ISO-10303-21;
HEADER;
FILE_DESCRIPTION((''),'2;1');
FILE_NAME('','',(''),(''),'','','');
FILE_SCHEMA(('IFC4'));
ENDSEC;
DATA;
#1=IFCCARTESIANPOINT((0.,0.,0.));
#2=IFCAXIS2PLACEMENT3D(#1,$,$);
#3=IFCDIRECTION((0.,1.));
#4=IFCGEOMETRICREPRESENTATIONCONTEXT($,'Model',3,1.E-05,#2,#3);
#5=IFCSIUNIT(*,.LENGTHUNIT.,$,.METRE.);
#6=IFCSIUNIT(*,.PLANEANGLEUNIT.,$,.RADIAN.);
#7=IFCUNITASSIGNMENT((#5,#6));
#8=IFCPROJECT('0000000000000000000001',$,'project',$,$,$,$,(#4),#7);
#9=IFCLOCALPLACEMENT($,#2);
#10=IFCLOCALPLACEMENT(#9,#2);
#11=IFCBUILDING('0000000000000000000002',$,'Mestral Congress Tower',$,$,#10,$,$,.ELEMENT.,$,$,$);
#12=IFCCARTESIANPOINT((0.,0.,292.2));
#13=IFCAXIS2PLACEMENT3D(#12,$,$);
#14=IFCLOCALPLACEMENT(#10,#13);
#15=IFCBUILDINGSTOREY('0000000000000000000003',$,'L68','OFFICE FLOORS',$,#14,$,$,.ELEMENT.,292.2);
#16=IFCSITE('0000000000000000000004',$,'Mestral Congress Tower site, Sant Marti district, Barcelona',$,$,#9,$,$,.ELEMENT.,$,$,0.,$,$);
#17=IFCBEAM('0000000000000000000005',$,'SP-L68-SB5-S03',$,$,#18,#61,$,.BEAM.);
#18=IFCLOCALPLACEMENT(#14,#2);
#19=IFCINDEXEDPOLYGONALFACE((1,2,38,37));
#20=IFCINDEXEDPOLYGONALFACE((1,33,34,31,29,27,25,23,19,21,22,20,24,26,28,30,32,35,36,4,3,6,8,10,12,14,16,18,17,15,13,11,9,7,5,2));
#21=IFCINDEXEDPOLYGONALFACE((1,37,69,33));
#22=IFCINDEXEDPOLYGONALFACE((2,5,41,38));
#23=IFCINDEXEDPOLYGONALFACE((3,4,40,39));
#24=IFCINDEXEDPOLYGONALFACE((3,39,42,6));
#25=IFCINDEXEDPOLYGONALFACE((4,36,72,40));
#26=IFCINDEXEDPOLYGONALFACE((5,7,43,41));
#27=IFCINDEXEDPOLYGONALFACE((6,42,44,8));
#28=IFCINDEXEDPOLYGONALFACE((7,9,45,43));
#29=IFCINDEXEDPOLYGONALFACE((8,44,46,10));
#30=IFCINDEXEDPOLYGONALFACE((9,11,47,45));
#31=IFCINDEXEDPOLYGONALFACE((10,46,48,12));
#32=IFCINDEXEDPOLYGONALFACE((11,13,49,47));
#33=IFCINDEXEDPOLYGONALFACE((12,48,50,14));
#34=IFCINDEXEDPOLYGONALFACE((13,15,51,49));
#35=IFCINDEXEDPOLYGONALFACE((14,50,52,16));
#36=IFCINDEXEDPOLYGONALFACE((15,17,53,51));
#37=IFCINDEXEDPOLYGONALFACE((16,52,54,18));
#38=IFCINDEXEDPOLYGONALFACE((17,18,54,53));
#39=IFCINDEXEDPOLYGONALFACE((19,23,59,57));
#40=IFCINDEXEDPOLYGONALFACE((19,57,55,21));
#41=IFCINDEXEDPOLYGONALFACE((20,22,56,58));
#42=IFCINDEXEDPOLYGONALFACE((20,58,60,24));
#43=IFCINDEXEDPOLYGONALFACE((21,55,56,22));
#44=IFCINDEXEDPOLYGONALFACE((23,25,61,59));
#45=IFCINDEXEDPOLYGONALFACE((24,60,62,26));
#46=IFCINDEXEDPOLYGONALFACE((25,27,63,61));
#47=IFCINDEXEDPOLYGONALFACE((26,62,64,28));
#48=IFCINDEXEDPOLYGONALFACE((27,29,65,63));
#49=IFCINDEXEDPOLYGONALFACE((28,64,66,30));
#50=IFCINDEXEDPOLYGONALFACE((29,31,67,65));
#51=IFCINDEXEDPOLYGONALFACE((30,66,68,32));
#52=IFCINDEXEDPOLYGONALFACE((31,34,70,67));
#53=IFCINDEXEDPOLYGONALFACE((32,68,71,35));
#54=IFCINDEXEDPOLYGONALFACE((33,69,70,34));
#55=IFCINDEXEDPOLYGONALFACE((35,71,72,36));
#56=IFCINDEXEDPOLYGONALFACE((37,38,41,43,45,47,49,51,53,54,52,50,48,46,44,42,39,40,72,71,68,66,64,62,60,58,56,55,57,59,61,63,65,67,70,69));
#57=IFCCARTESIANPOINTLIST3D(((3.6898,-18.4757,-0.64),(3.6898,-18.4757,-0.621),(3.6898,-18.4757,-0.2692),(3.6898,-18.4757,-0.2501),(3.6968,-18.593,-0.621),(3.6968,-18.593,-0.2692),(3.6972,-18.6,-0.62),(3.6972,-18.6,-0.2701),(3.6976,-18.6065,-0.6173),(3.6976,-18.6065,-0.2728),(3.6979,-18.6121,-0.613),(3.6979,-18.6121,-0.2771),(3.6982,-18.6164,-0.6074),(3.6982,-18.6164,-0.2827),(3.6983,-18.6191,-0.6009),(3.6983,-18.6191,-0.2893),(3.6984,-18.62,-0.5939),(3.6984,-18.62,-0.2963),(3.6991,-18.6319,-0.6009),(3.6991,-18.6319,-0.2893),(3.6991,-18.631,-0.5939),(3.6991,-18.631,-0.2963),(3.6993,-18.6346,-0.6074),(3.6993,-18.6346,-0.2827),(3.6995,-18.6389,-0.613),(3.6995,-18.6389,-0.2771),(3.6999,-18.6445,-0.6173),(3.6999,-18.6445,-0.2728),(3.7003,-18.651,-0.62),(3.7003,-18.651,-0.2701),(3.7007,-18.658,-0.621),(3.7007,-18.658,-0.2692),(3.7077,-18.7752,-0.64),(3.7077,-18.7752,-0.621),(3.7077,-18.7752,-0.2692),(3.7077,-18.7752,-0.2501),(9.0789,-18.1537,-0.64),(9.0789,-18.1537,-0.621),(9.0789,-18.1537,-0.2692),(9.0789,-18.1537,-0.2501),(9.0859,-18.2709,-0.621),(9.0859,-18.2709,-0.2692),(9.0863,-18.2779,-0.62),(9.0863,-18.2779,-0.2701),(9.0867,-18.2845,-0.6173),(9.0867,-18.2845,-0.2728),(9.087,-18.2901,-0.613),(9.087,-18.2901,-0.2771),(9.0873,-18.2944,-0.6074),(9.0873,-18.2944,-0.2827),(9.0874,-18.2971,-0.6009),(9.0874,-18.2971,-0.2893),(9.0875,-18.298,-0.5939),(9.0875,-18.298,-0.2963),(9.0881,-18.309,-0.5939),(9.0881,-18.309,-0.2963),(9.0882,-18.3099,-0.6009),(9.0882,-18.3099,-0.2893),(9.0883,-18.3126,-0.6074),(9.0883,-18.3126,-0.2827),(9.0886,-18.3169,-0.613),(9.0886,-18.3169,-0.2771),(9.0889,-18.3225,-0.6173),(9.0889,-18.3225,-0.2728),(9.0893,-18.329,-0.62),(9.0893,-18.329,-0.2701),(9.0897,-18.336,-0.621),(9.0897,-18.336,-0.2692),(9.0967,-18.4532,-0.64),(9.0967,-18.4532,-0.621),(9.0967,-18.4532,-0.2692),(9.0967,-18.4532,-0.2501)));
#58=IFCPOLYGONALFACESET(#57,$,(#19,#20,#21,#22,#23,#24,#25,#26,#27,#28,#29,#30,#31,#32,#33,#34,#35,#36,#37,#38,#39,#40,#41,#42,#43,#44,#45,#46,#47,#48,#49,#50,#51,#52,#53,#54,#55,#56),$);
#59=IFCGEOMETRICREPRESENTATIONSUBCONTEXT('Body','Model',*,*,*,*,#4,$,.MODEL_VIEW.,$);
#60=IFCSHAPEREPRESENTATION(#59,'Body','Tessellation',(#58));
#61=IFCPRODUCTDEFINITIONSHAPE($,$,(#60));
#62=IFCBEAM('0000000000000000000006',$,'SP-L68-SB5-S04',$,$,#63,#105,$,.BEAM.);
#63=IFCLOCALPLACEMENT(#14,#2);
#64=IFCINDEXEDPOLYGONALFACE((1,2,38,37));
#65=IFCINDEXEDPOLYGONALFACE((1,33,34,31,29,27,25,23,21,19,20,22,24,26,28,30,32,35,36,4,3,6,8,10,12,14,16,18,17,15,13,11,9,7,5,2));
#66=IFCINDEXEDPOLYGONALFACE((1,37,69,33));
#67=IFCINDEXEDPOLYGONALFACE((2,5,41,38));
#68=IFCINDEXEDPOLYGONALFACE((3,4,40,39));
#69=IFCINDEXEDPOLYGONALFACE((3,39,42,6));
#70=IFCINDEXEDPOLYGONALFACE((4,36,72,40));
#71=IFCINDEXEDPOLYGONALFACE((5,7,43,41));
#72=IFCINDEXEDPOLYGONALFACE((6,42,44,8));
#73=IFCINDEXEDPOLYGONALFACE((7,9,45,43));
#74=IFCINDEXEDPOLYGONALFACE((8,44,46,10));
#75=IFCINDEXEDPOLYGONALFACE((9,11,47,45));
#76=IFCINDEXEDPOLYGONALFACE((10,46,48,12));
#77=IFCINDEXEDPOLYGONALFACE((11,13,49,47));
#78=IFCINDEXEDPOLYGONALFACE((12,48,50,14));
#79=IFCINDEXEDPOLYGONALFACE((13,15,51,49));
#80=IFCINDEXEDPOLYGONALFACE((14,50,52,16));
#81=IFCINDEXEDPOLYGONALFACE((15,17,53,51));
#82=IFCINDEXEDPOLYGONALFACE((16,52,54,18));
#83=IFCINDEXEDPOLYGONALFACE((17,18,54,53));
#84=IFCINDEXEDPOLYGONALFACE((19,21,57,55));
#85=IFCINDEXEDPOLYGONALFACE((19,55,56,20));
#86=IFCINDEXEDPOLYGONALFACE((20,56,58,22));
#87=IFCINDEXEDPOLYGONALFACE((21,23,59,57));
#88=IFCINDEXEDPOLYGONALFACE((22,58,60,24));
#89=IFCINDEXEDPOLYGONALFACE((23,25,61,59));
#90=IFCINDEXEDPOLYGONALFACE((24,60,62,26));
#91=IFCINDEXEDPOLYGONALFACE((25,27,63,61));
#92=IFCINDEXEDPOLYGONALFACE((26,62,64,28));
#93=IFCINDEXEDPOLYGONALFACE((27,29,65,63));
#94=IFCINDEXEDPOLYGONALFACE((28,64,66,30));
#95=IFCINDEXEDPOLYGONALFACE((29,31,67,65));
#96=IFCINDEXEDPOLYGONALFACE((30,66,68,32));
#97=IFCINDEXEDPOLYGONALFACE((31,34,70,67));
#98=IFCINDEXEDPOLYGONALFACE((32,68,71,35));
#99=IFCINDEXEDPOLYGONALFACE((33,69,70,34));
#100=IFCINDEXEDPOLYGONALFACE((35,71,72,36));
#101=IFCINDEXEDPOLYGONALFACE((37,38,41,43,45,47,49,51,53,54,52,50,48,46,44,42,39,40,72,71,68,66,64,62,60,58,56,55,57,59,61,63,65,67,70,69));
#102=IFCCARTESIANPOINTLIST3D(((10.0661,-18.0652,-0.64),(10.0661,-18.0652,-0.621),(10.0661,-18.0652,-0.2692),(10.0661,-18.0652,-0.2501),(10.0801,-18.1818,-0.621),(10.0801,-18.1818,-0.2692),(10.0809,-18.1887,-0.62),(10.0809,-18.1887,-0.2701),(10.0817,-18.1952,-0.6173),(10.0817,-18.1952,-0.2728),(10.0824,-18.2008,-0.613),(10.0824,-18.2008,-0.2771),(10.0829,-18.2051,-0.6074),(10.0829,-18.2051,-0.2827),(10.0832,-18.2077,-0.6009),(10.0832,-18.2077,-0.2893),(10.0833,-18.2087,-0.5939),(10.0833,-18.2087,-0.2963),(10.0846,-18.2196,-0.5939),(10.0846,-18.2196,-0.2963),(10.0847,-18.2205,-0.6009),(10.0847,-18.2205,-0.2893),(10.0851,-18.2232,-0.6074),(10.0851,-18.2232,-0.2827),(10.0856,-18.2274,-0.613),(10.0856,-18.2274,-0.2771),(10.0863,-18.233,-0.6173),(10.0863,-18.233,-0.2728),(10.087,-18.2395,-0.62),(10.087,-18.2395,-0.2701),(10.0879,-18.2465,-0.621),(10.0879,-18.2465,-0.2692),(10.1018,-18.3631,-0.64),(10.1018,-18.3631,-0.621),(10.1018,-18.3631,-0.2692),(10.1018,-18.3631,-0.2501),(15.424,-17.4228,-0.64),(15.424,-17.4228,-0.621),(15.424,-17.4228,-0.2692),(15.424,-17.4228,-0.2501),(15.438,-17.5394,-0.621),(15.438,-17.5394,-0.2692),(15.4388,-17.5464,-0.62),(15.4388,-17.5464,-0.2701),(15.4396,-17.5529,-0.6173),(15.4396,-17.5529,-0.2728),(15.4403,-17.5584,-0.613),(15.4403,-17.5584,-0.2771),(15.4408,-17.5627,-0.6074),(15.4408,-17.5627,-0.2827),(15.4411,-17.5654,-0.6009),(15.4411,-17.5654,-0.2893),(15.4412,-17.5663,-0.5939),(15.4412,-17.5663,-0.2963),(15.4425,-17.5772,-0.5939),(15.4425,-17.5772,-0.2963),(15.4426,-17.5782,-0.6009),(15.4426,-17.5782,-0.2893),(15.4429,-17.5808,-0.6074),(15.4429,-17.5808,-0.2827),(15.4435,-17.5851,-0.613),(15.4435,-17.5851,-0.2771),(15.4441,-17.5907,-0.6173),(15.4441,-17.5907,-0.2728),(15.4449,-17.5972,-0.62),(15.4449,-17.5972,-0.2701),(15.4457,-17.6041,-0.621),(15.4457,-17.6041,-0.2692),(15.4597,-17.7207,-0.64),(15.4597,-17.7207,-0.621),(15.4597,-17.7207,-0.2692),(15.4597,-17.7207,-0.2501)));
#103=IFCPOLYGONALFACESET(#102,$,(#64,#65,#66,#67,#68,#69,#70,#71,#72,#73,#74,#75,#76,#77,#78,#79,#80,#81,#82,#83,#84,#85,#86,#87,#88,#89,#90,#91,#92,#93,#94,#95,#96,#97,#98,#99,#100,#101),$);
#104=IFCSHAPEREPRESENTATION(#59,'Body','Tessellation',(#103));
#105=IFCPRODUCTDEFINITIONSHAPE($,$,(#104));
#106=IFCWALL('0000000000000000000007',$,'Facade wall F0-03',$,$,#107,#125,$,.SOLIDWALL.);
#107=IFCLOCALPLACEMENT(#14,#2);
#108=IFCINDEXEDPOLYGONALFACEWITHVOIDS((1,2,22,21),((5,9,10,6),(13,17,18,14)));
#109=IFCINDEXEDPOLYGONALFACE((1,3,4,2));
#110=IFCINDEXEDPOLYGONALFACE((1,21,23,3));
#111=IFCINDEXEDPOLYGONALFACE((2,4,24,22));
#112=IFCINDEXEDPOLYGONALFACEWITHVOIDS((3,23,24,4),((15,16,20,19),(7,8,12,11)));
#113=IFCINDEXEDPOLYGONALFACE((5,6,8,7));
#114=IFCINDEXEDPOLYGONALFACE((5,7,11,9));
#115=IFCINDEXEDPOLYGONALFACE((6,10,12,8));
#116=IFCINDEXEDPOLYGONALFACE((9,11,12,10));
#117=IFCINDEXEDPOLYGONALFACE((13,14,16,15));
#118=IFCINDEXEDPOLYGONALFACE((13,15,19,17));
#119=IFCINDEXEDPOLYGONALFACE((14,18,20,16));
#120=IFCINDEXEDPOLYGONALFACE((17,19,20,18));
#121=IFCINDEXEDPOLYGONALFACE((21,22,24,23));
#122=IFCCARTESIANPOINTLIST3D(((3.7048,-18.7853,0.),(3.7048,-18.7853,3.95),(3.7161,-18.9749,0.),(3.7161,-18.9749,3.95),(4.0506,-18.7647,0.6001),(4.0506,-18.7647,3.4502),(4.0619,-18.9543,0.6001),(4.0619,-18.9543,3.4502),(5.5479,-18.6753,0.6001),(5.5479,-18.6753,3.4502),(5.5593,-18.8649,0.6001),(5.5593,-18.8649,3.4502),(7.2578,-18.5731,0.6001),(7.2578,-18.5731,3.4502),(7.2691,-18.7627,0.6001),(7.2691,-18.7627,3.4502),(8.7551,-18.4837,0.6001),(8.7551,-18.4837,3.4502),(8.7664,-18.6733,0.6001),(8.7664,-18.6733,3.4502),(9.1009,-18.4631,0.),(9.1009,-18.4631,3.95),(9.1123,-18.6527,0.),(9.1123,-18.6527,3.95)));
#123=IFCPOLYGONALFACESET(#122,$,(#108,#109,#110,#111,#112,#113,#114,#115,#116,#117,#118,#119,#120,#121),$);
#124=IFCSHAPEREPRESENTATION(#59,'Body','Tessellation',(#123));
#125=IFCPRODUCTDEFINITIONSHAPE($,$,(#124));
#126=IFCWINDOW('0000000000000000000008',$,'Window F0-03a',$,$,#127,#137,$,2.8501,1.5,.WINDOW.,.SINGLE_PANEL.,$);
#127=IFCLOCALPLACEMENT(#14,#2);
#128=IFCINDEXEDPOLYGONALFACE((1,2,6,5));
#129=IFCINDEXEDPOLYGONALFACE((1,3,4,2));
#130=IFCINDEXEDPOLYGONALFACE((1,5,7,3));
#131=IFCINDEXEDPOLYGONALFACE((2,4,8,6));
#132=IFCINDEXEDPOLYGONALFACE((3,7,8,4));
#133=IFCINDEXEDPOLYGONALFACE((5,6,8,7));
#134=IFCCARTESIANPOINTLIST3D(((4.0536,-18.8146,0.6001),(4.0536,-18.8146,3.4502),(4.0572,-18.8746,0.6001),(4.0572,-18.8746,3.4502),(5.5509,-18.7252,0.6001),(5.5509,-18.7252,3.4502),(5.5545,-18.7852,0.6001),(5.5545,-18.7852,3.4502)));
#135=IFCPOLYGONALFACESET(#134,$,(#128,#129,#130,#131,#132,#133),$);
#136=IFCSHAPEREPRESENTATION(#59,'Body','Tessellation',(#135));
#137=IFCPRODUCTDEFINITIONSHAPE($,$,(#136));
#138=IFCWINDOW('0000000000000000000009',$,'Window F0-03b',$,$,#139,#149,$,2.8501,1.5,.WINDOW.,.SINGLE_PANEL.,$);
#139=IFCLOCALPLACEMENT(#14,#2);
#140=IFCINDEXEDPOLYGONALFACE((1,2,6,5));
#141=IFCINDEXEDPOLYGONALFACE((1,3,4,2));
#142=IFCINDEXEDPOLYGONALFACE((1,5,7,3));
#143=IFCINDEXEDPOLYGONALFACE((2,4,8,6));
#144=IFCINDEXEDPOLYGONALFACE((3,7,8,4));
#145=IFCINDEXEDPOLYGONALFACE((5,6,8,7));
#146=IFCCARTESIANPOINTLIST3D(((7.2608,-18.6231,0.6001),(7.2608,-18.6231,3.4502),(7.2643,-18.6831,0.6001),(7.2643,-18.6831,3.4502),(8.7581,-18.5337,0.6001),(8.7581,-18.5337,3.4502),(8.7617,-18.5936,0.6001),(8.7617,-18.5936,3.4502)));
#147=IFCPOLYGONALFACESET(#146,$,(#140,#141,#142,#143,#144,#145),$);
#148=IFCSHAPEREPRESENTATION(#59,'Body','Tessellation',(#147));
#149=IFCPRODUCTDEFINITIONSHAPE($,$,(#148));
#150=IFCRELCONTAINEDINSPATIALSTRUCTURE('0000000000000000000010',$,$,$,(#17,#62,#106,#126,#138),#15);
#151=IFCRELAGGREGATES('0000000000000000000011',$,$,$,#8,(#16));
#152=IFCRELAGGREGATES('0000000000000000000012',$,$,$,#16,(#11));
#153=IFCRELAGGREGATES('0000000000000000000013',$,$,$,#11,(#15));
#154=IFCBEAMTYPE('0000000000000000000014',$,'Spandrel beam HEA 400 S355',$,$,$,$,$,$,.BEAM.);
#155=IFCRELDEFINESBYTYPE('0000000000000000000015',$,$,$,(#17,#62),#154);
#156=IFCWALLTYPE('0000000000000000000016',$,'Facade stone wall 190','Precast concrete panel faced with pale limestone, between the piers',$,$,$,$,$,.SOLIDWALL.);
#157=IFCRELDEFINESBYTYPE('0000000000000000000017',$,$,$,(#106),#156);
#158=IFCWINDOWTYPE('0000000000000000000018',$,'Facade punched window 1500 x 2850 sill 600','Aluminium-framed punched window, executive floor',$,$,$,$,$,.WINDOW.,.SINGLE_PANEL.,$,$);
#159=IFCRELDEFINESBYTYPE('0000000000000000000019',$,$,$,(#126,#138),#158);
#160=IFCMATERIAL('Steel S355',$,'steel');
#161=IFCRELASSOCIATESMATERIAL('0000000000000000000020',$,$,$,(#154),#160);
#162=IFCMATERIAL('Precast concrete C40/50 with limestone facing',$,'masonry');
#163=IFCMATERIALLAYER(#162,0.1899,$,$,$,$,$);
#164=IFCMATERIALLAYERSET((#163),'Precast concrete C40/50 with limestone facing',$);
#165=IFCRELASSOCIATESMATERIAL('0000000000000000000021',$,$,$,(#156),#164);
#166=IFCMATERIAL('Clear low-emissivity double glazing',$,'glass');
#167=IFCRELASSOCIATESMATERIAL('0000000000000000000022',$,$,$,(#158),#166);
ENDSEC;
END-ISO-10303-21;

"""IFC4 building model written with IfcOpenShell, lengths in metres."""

from ifc_helpers import new_model, si_unit, direction, frame, frame_2d, origin, origin_2d, place, context, subcontext, project, spatial, rectangle, i_section, extrude, material, layer, layer_set, material_profile, profile_set, type_object, element, fill, save


model = new_model("IFC4")

# Units and contexts
model_context = context("Model", 3, precision=1e-05, world=origin(), true_north=direction((0.0, 1.0)))
body_context = subcontext(model_context, "Body", "Model", "MODEL_VIEW")
ifc_project = project(units=[si_unit("LENGTHUNIT", "METRE"), si_unit("PLANEANGLEUNIT", "RADIAN")], contexts=[model_context])

# Site, building, storey
site_placement = place(None, origin())
site = spatial("IfcSite", under=ifc_project, at=site_placement, Name="Mestral Congress Tower site, Sant Marti district, Barcelona", CompositionType="ELEMENT", RefElevation=0.0)
building_placement = place(site_placement, origin())
building = spatial("IfcBuilding", under=site, at=building_placement, Name="Mestral Congress Tower", CompositionType="ELEMENT")
storey_placement = place(building_placement, frame((0.0, 0.0, 292.2)))
storey = spatial("IfcBuildingStorey", under=building, at=storey_placement, Name="L68", Description="OFFICE FLOORS", CompositionType="ELEMENT", Elevation=292.2)

# Beams
ifc_material_1 = material(Name="Steel S355", Category="steel")
ifc_material_profile_1 = material_profile(ifc_material_1, i_section(OverallWidth=0.3, OverallDepth=0.3899, WebThickness=0.011, FlangeThickness=0.019, FilletRadius=0.0271, at=origin_2d()), Name="HEA 400")
ifc_profile_set_1 = profile_set([ifc_material_profile_1], Name="Steel S355")
beam_type_1 = type_object("IfcBeamType", Name="Spandrel beam HEA 400 S355", PredefinedType="BEAM", material=ifc_profile_set_1)
beam_1_placement = place(storey_placement, frame((3.6987, -18.6255, -0.4451), z_axis=(0.99822, 0.059647, 0.0), x_axis=(-0.059647, 0.99822, 0.0)))
element("IfcBeam", 1, at=beam_1_placement, inside=storey, type_object=beam_type_1, Name="SP-L68-SB5-S03", PredefinedType="BEAM", context=body_context, shape_type="SweptSolid", body=[
    extrude(i_section(OverallWidth=0.3, OverallDepth=0.3899, WebThickness=0.011, FlangeThickness=0.019, FilletRadius=0.0271, at=origin_2d()), origin(), (0.0, 0.0, 1.0), 5.3987),
])
beam_2_placement = place(storey_placement, frame((10.084, -18.2141, -0.4451), z_axis=(0.99289, 0.119033, 0.0), x_axis=(-0.119033, 0.99289, 0.0)))
element("IfcBeam", 2, at=beam_2_placement, inside=storey, type_object=beam_type_1, Name="SP-L68-SB5-S04", PredefinedType="BEAM", context=body_context, shape_type="SweptSolid", body=[
    extrude(i_section(OverallWidth=0.3, OverallDepth=0.3899, WebThickness=0.011, FlangeThickness=0.019, FilletRadius=0.0271, at=origin_2d()), origin(), (0.0, 0.0, 1.0), 5.3962),
])

# Wall, openings, windows
ifc_material_2 = material(Name="Precast concrete C40/50 with limestone facing", Category="masonry")
ifc_layer_1 = layer(ifc_material_2, 0.1899)
ifc_layer_set_1 = layer_set([ifc_layer_1], Name="Precast concrete C40/50 with limestone facing")
wall_type_1 = type_object("IfcWallType", Name="Facade stone wall 190", Description="Precast concrete panel faced with pale limestone, between the piers", PredefinedType="SOLIDWALL", material=ifc_layer_set_1)
wall_1_placement = place(storey_placement, frame((3.7104, -18.8801, 0.0), z_axis=(0.0, 0.0, 1.0), x_axis=(0.998221, 0.059614, 0.0)))
wall_1 = element("IfcWall", 3, at=wall_1_placement, inside=storey, type_object=wall_type_1, Name="Facade wall F0-03", PredefinedType="SOLIDWALL", context=body_context, shape_type="SweptSolid", body=[
    extrude(rectangle(XDim=5.4058, YDim=0.1899, at=frame_2d((2.7029, 0.0))), origin(), (0.0, 0.0, 1.0), 3.95),
])
opening_1_placement = place(wall_1_placement, frame((0.3464, 0.0, 0.6001)))
opening_1 = element("IfcOpeningElement", 4, at=opening_1_placement, cuts=wall_1, PredefinedType="OPENING", context=body_context, shape_type="SweptSolid", body=[
    extrude(rectangle(XDim=1.5, YDim=2.8501, at=frame_2d((0.75, 1.425))), frame((0.0, 0.105, 0.0), z_axis=(0.0, -1.0, 0.0), x_axis=(1.0, 0.0, 0.0)), (0.0, 0.0, 1.0), 0.21),
])
opening_2_placement = place(wall_1_placement, frame((3.5593, 0.0, 0.6001)))
opening_2 = element("IfcOpeningElement", 5, at=opening_2_placement, cuts=wall_1, PredefinedType="OPENING", context=body_context, shape_type="SweptSolid", body=[
    extrude(rectangle(XDim=1.5, YDim=2.8501, at=frame_2d((0.75, 1.425))), frame((0.0, 0.105, 0.0), z_axis=(0.0, -1.0, 0.0), x_axis=(1.0, 0.0, 0.0)), (0.0, 0.0, 1.0), 0.21),
])
ifc_material_3 = material(Name="Clear low-emissivity double glazing", Category="glass")
window_type = type_object("IfcWindowType", Name="Facade punched window 1500 x 2850 sill 600", Description="Aluminium-framed punched window, executive floor", PartitioningType="SINGLE_PANEL", PredefinedType="WINDOW", material=ifc_material_3)
window_1_placement = place(opening_1_placement, origin())
window_1 = element("IfcWindow", 6, at=window_1_placement, inside=storey, type_object=window_type, Name="Window F0-03a", OverallHeight=2.8501, OverallWidth=1.5, PartitioningType="SINGLE_PANEL", PredefinedType="WINDOW", context=body_context, shape_type="SweptSolid", body=[
    extrude(rectangle(XDim=1.5, YDim=2.8501, at=frame_2d((0.75, 1.425))), frame((0.0, 0.0449, 0.0), z_axis=(0.0, -1.0, 0.0), x_axis=(1.0, 0.0, 0.0)), (0.0, 0.0, 1.0), 0.0601),
])
fill(opening_1, window_1)
window_2_placement = place(opening_2_placement, origin())
window_2 = element("IfcWindow", 7, at=window_2_placement, inside=storey, type_object=window_type, Name="Window F0-03b", OverallHeight=2.8501, OverallWidth=1.5, PartitioningType="SINGLE_PANEL", PredefinedType="WINDOW", context=body_context, shape_type="SweptSolid", body=[
    extrude(rectangle(XDim=1.5, YDim=2.8501, at=frame_2d((0.75, 1.425))), frame((0.0, 0.0449, 0.0), z_axis=(0.0, -1.0, 0.0), x_axis=(1.0, 0.0, 0.0)), (0.0, 0.0, 1.0), 0.0601),
])
fill(opening_2, window_2)

save(model, "model.ifc")
